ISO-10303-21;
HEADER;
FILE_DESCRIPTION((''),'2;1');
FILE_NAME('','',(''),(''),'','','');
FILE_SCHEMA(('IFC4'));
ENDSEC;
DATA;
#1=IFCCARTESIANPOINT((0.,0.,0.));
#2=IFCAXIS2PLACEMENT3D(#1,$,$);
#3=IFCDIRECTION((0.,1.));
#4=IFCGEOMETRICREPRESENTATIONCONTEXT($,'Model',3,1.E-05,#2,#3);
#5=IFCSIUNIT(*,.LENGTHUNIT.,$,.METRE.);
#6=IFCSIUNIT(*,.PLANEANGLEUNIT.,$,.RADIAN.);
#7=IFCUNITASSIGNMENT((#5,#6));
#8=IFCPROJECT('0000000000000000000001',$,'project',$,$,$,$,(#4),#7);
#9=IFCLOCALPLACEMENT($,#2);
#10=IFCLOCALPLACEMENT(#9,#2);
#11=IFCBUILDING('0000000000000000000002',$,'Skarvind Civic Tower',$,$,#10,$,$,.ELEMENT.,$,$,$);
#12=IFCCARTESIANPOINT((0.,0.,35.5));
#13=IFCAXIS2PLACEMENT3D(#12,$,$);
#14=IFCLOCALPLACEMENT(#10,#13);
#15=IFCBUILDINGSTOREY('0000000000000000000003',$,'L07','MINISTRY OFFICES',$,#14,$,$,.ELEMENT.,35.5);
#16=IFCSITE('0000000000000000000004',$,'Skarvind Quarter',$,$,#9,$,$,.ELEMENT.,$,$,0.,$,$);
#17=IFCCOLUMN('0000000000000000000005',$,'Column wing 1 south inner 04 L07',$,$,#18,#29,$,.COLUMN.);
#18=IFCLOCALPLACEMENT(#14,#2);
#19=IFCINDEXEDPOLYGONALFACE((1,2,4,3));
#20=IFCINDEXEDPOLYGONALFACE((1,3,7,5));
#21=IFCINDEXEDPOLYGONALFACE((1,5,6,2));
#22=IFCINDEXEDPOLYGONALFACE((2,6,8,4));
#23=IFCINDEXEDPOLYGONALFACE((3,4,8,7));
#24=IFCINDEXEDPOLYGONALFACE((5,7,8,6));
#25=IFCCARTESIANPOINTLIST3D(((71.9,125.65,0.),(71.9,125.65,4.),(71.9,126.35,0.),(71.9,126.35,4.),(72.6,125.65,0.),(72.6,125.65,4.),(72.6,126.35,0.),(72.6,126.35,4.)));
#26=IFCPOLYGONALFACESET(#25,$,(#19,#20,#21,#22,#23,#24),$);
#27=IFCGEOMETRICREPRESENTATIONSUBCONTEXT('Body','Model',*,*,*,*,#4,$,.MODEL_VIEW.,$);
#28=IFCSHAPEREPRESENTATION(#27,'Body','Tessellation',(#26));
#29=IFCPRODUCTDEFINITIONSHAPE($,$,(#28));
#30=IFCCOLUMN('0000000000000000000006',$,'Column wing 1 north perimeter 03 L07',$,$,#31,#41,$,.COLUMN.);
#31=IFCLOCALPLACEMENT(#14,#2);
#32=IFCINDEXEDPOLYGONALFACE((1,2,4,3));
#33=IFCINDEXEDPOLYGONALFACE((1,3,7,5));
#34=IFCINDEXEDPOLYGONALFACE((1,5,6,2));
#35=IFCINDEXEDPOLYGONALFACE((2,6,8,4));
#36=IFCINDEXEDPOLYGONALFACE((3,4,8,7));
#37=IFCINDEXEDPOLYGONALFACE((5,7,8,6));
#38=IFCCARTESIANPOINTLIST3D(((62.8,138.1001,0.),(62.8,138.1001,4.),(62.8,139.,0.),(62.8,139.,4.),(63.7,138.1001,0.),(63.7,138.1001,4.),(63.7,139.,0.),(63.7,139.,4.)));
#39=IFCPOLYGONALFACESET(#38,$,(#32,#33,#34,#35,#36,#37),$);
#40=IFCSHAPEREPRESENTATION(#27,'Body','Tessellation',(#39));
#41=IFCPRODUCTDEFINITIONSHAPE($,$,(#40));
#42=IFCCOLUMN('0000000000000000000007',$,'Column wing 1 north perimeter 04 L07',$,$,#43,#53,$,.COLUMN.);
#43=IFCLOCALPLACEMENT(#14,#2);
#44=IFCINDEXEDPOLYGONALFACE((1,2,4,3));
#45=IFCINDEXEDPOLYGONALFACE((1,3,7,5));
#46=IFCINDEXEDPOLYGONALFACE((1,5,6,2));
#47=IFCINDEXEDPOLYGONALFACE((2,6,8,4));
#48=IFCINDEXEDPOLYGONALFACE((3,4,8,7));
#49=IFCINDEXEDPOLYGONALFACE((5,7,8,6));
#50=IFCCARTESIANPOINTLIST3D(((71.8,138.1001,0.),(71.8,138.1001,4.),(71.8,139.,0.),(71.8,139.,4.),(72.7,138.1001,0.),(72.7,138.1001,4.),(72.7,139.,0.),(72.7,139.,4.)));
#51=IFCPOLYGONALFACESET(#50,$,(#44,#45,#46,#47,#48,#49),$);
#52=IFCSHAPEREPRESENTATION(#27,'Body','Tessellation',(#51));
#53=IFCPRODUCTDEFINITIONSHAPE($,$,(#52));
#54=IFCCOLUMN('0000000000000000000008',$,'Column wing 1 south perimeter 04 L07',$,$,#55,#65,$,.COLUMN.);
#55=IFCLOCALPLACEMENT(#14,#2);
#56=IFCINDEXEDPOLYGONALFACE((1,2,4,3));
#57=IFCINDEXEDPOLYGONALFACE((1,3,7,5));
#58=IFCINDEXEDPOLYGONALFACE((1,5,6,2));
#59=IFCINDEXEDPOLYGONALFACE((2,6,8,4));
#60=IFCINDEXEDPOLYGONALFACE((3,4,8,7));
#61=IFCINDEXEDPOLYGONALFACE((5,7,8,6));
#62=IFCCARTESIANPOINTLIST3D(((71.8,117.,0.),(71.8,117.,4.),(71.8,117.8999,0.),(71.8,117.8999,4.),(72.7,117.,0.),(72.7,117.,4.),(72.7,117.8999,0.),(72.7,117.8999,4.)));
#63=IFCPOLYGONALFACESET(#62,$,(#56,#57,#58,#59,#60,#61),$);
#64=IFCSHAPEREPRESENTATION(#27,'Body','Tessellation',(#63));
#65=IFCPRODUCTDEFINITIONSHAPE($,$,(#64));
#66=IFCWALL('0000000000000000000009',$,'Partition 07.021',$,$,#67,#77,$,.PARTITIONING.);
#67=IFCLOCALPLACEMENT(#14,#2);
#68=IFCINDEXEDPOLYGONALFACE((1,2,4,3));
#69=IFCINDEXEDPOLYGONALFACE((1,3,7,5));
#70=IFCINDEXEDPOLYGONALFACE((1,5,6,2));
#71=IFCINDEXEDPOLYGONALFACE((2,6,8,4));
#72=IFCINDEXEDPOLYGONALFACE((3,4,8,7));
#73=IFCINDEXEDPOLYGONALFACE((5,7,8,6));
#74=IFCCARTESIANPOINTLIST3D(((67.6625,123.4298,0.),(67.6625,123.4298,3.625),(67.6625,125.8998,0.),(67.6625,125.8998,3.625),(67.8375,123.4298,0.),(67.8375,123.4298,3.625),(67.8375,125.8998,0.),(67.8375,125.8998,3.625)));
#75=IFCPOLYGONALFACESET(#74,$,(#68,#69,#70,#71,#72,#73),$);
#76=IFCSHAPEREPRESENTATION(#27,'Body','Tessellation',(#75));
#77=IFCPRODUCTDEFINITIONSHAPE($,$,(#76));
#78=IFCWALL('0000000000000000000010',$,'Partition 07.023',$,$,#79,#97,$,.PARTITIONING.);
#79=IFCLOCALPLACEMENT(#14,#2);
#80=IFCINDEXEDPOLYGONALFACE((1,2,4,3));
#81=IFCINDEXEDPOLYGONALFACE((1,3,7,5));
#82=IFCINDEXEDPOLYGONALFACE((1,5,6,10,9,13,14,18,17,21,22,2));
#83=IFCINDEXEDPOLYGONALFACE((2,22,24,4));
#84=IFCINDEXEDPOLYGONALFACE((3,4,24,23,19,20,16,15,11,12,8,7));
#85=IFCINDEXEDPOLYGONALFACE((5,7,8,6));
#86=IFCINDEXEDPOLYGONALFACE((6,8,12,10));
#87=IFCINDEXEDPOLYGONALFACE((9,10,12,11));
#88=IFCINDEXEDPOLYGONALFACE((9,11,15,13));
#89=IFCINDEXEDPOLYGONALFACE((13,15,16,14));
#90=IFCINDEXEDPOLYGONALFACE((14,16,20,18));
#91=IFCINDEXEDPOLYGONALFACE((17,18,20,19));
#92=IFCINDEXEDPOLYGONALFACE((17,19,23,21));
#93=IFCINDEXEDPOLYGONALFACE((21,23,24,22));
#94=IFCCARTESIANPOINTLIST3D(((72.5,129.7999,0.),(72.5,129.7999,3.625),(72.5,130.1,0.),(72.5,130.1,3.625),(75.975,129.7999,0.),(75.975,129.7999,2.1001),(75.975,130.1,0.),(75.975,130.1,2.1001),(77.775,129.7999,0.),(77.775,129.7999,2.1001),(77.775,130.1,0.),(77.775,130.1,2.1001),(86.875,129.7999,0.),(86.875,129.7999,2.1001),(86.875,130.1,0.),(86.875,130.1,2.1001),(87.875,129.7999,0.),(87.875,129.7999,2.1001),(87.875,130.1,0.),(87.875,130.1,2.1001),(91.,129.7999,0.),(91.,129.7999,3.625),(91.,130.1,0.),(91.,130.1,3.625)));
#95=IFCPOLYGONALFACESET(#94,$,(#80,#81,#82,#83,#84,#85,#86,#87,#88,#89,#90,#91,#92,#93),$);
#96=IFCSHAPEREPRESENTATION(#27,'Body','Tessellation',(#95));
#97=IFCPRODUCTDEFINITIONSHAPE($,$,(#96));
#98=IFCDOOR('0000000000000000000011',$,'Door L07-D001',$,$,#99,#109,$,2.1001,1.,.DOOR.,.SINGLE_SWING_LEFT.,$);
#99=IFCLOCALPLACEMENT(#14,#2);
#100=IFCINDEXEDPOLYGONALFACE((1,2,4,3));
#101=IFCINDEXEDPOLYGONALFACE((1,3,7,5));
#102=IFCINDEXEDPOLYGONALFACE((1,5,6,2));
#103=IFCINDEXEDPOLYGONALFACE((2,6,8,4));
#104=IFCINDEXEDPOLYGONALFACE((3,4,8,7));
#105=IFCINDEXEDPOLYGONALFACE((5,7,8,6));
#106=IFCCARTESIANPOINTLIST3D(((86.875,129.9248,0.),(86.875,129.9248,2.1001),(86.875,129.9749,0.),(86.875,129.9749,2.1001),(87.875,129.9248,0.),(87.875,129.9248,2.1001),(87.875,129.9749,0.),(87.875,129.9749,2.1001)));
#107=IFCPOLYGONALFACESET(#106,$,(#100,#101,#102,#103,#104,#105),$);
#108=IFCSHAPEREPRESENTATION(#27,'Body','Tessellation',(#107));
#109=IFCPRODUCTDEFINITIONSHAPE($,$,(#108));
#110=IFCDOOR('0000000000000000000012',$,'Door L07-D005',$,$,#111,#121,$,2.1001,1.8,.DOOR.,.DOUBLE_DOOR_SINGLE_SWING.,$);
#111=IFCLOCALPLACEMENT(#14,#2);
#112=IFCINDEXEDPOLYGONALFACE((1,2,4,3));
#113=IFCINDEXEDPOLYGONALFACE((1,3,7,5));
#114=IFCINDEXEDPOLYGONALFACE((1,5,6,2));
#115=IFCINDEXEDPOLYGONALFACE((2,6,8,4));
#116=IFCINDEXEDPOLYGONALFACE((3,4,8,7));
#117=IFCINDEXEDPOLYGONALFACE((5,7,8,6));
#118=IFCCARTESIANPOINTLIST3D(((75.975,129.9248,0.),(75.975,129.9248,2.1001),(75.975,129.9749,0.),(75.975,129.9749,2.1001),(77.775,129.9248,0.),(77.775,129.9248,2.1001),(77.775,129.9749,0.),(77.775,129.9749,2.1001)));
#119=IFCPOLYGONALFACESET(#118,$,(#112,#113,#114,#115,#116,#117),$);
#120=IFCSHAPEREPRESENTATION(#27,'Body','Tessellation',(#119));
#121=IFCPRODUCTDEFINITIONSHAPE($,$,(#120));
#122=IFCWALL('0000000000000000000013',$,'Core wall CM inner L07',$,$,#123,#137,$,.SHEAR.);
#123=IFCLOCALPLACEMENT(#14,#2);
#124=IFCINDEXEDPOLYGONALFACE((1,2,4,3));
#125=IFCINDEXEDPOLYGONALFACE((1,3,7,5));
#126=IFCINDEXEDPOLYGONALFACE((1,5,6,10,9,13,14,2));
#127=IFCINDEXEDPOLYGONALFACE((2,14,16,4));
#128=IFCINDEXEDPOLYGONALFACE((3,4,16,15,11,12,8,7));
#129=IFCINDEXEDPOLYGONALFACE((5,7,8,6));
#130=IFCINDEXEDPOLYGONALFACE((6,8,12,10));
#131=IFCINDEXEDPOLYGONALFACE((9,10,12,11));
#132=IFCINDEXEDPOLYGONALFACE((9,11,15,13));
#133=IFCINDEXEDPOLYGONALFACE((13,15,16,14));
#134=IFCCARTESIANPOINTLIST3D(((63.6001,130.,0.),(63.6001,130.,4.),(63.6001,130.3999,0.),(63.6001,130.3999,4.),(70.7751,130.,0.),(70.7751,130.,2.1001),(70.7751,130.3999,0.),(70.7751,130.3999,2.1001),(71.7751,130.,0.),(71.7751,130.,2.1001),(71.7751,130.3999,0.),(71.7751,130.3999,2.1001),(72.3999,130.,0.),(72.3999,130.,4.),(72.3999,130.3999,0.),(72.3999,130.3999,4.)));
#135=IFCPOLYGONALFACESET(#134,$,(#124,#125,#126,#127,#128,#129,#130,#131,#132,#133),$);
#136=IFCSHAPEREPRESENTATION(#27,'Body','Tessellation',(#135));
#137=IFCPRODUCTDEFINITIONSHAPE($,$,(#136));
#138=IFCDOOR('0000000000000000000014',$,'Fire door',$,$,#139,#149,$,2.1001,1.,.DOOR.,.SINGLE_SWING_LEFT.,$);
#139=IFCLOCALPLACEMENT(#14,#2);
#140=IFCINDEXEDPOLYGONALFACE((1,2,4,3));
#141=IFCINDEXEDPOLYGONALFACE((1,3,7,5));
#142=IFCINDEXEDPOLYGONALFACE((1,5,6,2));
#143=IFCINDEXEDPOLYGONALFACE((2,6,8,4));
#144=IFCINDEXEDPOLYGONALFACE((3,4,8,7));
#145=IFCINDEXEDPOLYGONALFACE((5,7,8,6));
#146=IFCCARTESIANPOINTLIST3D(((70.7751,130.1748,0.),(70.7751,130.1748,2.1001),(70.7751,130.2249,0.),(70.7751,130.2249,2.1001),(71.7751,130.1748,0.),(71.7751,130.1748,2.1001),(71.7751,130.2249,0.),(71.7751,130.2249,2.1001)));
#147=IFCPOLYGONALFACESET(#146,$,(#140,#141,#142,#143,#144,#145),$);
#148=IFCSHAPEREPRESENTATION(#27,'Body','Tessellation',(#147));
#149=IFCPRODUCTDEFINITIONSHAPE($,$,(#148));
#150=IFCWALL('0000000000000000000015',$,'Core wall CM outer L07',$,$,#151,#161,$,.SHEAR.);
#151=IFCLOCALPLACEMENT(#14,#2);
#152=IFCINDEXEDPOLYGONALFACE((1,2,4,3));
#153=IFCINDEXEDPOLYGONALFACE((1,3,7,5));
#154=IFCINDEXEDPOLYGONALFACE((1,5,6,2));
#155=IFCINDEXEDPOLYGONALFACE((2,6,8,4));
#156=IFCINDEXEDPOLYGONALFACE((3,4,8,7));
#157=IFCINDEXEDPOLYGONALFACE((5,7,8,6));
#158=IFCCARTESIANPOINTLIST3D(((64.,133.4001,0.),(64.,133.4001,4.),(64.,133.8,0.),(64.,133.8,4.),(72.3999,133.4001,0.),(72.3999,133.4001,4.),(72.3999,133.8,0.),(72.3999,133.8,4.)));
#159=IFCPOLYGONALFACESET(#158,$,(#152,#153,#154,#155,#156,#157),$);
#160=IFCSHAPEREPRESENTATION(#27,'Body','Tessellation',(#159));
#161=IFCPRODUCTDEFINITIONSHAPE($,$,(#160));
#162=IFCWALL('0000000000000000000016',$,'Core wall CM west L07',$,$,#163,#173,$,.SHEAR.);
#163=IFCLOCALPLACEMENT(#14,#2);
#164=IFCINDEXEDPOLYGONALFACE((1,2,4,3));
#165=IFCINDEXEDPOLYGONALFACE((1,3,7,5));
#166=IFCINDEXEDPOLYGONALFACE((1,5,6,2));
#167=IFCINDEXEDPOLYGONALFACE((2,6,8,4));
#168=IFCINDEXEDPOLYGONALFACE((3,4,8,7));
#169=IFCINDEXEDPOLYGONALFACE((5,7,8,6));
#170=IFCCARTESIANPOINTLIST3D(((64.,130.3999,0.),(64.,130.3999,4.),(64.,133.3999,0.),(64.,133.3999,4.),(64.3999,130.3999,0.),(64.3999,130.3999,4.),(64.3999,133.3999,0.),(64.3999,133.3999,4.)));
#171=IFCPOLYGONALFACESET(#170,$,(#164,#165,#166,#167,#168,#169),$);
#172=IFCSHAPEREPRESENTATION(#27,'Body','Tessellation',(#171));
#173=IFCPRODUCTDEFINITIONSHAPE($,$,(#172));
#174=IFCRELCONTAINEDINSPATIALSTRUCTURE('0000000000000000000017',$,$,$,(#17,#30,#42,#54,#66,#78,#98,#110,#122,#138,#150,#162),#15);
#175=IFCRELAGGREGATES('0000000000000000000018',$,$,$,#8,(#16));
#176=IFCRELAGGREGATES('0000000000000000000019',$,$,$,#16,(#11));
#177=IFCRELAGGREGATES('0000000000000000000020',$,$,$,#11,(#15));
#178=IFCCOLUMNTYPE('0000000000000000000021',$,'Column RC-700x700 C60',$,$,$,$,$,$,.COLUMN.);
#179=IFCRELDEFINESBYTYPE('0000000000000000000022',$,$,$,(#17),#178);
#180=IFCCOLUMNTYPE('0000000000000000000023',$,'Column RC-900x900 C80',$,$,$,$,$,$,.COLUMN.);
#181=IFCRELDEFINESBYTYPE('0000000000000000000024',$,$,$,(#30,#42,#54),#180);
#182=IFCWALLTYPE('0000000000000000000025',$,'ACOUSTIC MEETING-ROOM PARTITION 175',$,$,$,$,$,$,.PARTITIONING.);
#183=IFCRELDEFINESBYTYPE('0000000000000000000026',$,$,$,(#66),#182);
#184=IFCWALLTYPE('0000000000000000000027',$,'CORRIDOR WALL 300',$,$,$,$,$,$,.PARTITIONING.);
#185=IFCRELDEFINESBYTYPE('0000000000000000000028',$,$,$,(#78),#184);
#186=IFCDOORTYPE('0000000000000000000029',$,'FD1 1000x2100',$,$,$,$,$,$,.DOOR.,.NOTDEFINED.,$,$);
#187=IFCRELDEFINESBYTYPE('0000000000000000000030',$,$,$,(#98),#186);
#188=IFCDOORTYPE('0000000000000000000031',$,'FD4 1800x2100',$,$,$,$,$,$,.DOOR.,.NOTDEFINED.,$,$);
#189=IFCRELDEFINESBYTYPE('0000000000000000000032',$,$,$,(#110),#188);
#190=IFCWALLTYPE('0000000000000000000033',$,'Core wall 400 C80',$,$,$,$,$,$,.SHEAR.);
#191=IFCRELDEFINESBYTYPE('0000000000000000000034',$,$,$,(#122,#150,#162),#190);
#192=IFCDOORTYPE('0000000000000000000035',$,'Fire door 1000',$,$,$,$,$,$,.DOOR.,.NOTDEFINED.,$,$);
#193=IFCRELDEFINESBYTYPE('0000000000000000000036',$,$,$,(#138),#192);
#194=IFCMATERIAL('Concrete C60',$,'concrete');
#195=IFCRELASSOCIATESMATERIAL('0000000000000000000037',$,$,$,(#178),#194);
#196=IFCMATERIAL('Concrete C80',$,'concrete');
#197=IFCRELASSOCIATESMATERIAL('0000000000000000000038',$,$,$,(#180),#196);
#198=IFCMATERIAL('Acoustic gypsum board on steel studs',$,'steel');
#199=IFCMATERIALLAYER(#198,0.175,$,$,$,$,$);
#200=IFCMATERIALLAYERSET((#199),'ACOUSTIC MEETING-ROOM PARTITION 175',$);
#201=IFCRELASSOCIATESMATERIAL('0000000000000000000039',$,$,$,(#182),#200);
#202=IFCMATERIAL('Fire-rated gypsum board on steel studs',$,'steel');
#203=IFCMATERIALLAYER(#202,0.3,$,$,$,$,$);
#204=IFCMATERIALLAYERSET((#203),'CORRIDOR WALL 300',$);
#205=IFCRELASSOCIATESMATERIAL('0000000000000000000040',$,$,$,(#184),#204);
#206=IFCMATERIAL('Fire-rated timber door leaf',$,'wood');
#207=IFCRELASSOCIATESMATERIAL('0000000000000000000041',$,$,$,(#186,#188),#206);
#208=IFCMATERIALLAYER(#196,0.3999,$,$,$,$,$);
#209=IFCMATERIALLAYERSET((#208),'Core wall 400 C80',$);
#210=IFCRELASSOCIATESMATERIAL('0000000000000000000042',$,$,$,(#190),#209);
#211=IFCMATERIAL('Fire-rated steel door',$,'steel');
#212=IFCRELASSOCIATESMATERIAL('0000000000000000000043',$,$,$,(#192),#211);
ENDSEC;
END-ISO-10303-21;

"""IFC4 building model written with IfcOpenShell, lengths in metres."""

from ifc_helpers import new_model, si_unit, direction, frame, frame_2d, origin, origin_2d, place, context, subcontext, project, spatial, rectangle, extrude, material, layer, layer_set, material_profile, profile_set, type_object, element, fill, save


model = new_model("IFC4")

# Units and contexts
model_context = context("Model", 3, precision=1e-05, world=origin(), true_north=direction((0.0, 1.0)))
body_context = subcontext(model_context, "Body", "Model", "MODEL_VIEW")
ifc_project = project(units=[si_unit("LENGTHUNIT", "METRE"), si_unit("PLANEANGLEUNIT", "RADIAN")], contexts=[model_context])

# Site, building, storey
site_placement = place(None, origin())
site = spatial("IfcSite", under=ifc_project, at=site_placement, Name="Skarvind Quarter", CompositionType="ELEMENT", RefElevation=0.0)
building_placement = place(site_placement, origin())
building = spatial("IfcBuilding", under=site, at=building_placement, Name="Skarvind Civic Tower", CompositionType="ELEMENT")
storey_placement = place(building_placement, frame((0.0, 0.0, 35.5)))
storey = spatial("IfcBuildingStorey", under=building, at=storey_placement, Name="L07", Description="MINISTRY OFFICES", CompositionType="ELEMENT", Elevation=35.5)

# Columns
ifc_material_1 = material(Name="Concrete C60", Category="concrete")
ifc_material_profile_1 = material_profile(ifc_material_1, rectangle(XDim=0.7, YDim=0.7, at=origin_2d()), Name="RC-700x700")
ifc_profile_set_1 = profile_set([ifc_material_profile_1], Name="Concrete C60")
column_type_1 = type_object("IfcColumnType", Name="Column RC-700x700 C60", PredefinedType="COLUMN", material=ifc_profile_set_1)
column_placement = place(storey_placement, frame((72.25, 126.0, 0.0), z_axis=(0.0, 0.0, 1.0), x_axis=(1.0, 0.0, 0.0)))
element("IfcColumn", 1, at=column_placement, inside=storey, type_object=column_type_1, Name="Column wing 1 south inner 04 L07", PredefinedType="COLUMN", context=body_context, shape_type="SweptSolid", body=[
    extrude(rectangle(XDim=0.7, YDim=0.7, at=origin_2d()), origin(), (0.0, 0.0, 1.0), 4.0),
])
ifc_material_2 = material(Name="Concrete C80", Category="concrete")
ifc_material_profile_2 = material_profile(ifc_material_2, rectangle(XDim=0.8999, YDim=0.8999, at=origin_2d()), Name="RC-900x900")
ifc_profile_set_2 = profile_set([ifc_material_profile_2], Name="Concrete C80")
column_type_2 = type_object("IfcColumnType", Name="Column RC-900x900 C80", PredefinedType="COLUMN", material=ifc_profile_set_2)
for number, where, z_axis, x_axis, name in (
    (2, (63.25, 138.55, 0.0), (0.0, 0.0, 1.0), (1.0, 0.0, 0.0), "Column wing 1 north perimeter 03 L07"),
    (3, (72.25, 138.55, 0.0), (0.0, 0.0, 1.0), (1.0, 0.0, 0.0), "Column wing 1 north perimeter 04 L07"),
    (4, (72.25, 117.45, 0.0), (0.0, 0.0, 1.0), (1.0, 0.0, 0.0), "Column wing 1 south perimeter 04 L07"),
):
    element("IfcColumn", number, at=place(storey_placement, frame(where, z_axis=z_axis, x_axis=x_axis)), inside=storey, type_object=column_type_2, Name=name, PredefinedType="COLUMN", context=body_context, shape_type="SweptSolid", body=[
        extrude(rectangle(XDim=0.8999, YDim=0.8999, at=origin_2d()), origin(), (0.0, 0.0, 1.0), 4.0),
    ])

# Wall
ifc_material_3 = material(Name="Acoustic gypsum board on steel studs", Category="steel")
ifc_layer_1 = layer(ifc_material_3, 0.175)
ifc_layer_set_1 = layer_set([ifc_layer_1], Name="ACOUSTIC MEETING-ROOM PARTITION 175")
wall_type_1 = type_object("IfcWallType", Name="ACOUSTIC MEETING-ROOM PARTITION 175", PredefinedType="PARTITIONING", material=ifc_layer_set_1)
wall_1_placement = place(storey_placement, frame((67.75, 123.4299, 0.0), z_axis=(0.0, 0.0, 1.0), x_axis=(0.0, 1.0, 0.0)))
element("IfcWall", 5, at=wall_1_placement, inside=storey, type_object=wall_type_1, Name="Partition 07.021", PredefinedType="PARTITIONING", context=body_context, shape_type="SweptSolid", body=[
    extrude(rectangle(XDim=2.47, YDim=0.175, at=frame_2d((1.2349, 0.0))), origin(), (0.0, 0.0, 1.0), 3.625),
])

# Wall, openings, doors
ifc_material_4 = material(Name="Fire-rated gypsum board on steel studs", Category="steel")
ifc_layer_2 = layer(ifc_material_4, 0.3)
ifc_layer_set_2 = layer_set([ifc_layer_2], Name="CORRIDOR WALL 300")
wall_type_2 = type_object("IfcWallType", Name="CORRIDOR WALL 300", PredefinedType="PARTITIONING", material=ifc_layer_set_2)
wall_2_placement = place(storey_placement, frame((72.5, 129.95, 0.0), z_axis=(0.0, 0.0, 1.0), x_axis=(1.0, 0.0, 0.0)))
wall_2 = element("IfcWall", 6, at=wall_2_placement, inside=storey, type_object=wall_type_2, Name="Partition 07.023", PredefinedType="PARTITIONING", context=body_context, shape_type="SweptSolid", body=[
    extrude(rectangle(XDim=18.5, YDim=0.3, at=frame_2d((9.25, 0.0))), origin(), (0.0, 0.0, 1.0), 3.625),
])
opening_1_placement = place(wall_2_placement, frame((14.375, 0.0, 0.0)))
opening_1 = element("IfcOpeningElement", 7, at=opening_1_placement, cuts=wall_2, PredefinedType="OPENING", context=body_context, shape_type="SweptSolid", body=[
    extrude(rectangle(XDim=1.0, YDim=2.1001, at=frame_2d((0.5, 1.05))), frame((0.0, 0.1599, 0.0), z_axis=(0.0, -1.0, 0.0), x_axis=(1.0, 0.0, 0.0)), (0.0, 0.0, 1.0), 0.3201),
])
opening_2_placement = place(wall_2_placement, frame((3.4751, 0.0, 0.0)))
opening_2 = element("IfcOpeningElement", 8, at=opening_2_placement, cuts=wall_2, PredefinedType="OPENING", context=body_context, shape_type="SweptSolid", body=[
    extrude(rectangle(XDim=1.8, YDim=2.1001, at=frame_2d((0.8999, 1.05))), frame((0.0, 0.1599, 0.0), z_axis=(0.0, -1.0, 0.0), x_axis=(1.0, 0.0, 0.0)), (0.0, 0.0, 1.0), 0.3201),
])
ifc_material_5 = material(Name="Fire-rated timber door leaf", Category="wood")
door_type_1 = type_object("IfcDoorType", Name="FD1 1000x2100", OperationType="NOTDEFINED", PredefinedType="DOOR", material=ifc_material_5)
door_1_placement = place(opening_1_placement, origin())
door_1 = element("IfcDoor", 9, at=door_1_placement, inside=storey, type_object=door_type_1, Name="Door L07-D001", OperationType="SINGLE_SWING_LEFT", OverallHeight=2.1001, OverallWidth=1.0, PredefinedType="DOOR", context=body_context, shape_type="SweptSolid", body=[
    extrude(rectangle(XDim=1.0, YDim=2.1001, at=frame_2d((0.5, 1.05))), frame((0.0, 0.0249, 0.0), z_axis=(0.0, -1.0, 0.0), x_axis=(1.0, 0.0, 0.0)), (0.0, 0.0, 1.0), 0.05),
])
fill(opening_1, door_1)
door_type_2 = type_object("IfcDoorType", Name="FD4 1800x2100", OperationType="NOTDEFINED", PredefinedType="DOOR", material=ifc_material_5)
door_2_placement = place(opening_2_placement, origin())
door_2 = element("IfcDoor", 10, at=door_2_placement, inside=storey, type_object=door_type_2, Name="Door L07-D005", OperationType="DOUBLE_DOOR_SINGLE_SWING", OverallHeight=2.1001, OverallWidth=1.8, PredefinedType="DOOR", context=body_context, shape_type="SweptSolid", body=[
    extrude(rectangle(XDim=1.8, YDim=2.1001, at=frame_2d((0.8999, 1.05))), frame((0.0, 0.0249, 0.0), z_axis=(0.0, -1.0, 0.0), x_axis=(1.0, 0.0, 0.0)), (0.0, 0.0, 1.0), 0.05),
])
fill(opening_2, door_2)

# Wall, opening, door
ifc_layer_3 = layer(ifc_material_2, 0.3999)
ifc_layer_set_3 = layer_set([ifc_layer_3], Name="Core wall 400 C80")
wall_type_3 = type_object("IfcWallType", Name="Core wall 400 C80", PredefinedType="SHEAR", material=ifc_layer_set_3)
wall_3_placement = place(storey_placement, frame((63.6001, 130.2, 0.0), z_axis=(0.0, 0.0, 1.0), x_axis=(1.0, 0.0, 0.0)))
wall_3 = element("IfcWall", 11, at=wall_3_placement, inside=storey, type_object=wall_type_3, Name="Core wall CM inner L07", PredefinedType="SHEAR", context=body_context, shape_type="SweptSolid", body=[
    extrude(rectangle(XDim=8.7998, YDim=0.3999, at=frame_2d((4.3999, 0.0))), origin(), (0.0, 0.0, 1.0), 4.0),
])
opening_3_placement = place(wall_3_placement, frame((7.175, 0.0, 0.0)))
opening_3 = element("IfcOpeningElement", 12, at=opening_3_placement, cuts=wall_3, PredefinedType="OPENING", context=body_context, shape_type="SweptSolid", body=[
    extrude(rectangle(XDim=1.0, YDim=2.1001, at=frame_2d((0.5, 1.05))), frame((0.0, 0.21, 0.0), z_axis=(0.0, -1.0, 0.0), x_axis=(1.0, 0.0, 0.0)), (0.0, 0.0, 1.0), 0.4199),
])
ifc_material_6 = material(Name="Fire-rated steel door", Category="steel")
door_type_3 = type_object("IfcDoorType", Name="Fire door 1000", OperationType="NOTDEFINED", PredefinedType="DOOR", material=ifc_material_6)
door_3_placement = place(opening_3_placement, origin())
door_3 = element("IfcDoor", 13, at=door_3_placement, inside=storey, type_object=door_type_3, Name="Fire door", OperationType="SINGLE_SWING_LEFT", OverallHeight=2.1001, OverallWidth=1.0, PredefinedType="DOOR", context=body_context, shape_type="SweptSolid", body=[
    extrude(rectangle(XDim=1.0, YDim=2.1001, at=frame_2d((0.5, 1.05))), frame((0.0, 0.0249, 0.0), z_axis=(0.0, -1.0, 0.0), x_axis=(1.0, 0.0, 0.0)), (0.0, 0.0, 1.0), 0.05),
])
fill(opening_3, door_3)

# Walls
wall_4_placement = place(storey_placement, frame((64.0, 133.6001, 0.0), z_axis=(0.0, 0.0, 1.0), x_axis=(1.0, 0.0, 0.0)))
element("IfcWall", 14, at=wall_4_placement, inside=storey, type_object=wall_type_3, Name="Core wall CM outer L07", PredefinedType="SHEAR", context=body_context, shape_type="SweptSolid", body=[
    extrude(rectangle(XDim=8.3999, YDim=0.3999, at=frame_2d((4.2, 0.0))), origin(), (0.0, 0.0, 1.0), 4.0),
])
for number, where, z_axis, x_axis, name in (
    (15, (64.2, 130.3999, 0.0), (0.0, 0.0, 1.0), (0.0, 1.0, 0.0), "Core wall CM west L07"),
):
    element("IfcWall", number, at=place(storey_placement, frame(where, z_axis=z_axis, x_axis=x_axis)), inside=storey, type_object=wall_type_3, Name=name, PredefinedType="SHEAR", context=body_context, shape_type="SweptSolid", body=[
        extrude(rectangle(XDim=3.0, YDim=0.3999, at=frame_2d((1.5, 0.0))), origin(), (0.0, 0.0, 1.0), 4.0),
    ])

save(model, "model.ifc")
